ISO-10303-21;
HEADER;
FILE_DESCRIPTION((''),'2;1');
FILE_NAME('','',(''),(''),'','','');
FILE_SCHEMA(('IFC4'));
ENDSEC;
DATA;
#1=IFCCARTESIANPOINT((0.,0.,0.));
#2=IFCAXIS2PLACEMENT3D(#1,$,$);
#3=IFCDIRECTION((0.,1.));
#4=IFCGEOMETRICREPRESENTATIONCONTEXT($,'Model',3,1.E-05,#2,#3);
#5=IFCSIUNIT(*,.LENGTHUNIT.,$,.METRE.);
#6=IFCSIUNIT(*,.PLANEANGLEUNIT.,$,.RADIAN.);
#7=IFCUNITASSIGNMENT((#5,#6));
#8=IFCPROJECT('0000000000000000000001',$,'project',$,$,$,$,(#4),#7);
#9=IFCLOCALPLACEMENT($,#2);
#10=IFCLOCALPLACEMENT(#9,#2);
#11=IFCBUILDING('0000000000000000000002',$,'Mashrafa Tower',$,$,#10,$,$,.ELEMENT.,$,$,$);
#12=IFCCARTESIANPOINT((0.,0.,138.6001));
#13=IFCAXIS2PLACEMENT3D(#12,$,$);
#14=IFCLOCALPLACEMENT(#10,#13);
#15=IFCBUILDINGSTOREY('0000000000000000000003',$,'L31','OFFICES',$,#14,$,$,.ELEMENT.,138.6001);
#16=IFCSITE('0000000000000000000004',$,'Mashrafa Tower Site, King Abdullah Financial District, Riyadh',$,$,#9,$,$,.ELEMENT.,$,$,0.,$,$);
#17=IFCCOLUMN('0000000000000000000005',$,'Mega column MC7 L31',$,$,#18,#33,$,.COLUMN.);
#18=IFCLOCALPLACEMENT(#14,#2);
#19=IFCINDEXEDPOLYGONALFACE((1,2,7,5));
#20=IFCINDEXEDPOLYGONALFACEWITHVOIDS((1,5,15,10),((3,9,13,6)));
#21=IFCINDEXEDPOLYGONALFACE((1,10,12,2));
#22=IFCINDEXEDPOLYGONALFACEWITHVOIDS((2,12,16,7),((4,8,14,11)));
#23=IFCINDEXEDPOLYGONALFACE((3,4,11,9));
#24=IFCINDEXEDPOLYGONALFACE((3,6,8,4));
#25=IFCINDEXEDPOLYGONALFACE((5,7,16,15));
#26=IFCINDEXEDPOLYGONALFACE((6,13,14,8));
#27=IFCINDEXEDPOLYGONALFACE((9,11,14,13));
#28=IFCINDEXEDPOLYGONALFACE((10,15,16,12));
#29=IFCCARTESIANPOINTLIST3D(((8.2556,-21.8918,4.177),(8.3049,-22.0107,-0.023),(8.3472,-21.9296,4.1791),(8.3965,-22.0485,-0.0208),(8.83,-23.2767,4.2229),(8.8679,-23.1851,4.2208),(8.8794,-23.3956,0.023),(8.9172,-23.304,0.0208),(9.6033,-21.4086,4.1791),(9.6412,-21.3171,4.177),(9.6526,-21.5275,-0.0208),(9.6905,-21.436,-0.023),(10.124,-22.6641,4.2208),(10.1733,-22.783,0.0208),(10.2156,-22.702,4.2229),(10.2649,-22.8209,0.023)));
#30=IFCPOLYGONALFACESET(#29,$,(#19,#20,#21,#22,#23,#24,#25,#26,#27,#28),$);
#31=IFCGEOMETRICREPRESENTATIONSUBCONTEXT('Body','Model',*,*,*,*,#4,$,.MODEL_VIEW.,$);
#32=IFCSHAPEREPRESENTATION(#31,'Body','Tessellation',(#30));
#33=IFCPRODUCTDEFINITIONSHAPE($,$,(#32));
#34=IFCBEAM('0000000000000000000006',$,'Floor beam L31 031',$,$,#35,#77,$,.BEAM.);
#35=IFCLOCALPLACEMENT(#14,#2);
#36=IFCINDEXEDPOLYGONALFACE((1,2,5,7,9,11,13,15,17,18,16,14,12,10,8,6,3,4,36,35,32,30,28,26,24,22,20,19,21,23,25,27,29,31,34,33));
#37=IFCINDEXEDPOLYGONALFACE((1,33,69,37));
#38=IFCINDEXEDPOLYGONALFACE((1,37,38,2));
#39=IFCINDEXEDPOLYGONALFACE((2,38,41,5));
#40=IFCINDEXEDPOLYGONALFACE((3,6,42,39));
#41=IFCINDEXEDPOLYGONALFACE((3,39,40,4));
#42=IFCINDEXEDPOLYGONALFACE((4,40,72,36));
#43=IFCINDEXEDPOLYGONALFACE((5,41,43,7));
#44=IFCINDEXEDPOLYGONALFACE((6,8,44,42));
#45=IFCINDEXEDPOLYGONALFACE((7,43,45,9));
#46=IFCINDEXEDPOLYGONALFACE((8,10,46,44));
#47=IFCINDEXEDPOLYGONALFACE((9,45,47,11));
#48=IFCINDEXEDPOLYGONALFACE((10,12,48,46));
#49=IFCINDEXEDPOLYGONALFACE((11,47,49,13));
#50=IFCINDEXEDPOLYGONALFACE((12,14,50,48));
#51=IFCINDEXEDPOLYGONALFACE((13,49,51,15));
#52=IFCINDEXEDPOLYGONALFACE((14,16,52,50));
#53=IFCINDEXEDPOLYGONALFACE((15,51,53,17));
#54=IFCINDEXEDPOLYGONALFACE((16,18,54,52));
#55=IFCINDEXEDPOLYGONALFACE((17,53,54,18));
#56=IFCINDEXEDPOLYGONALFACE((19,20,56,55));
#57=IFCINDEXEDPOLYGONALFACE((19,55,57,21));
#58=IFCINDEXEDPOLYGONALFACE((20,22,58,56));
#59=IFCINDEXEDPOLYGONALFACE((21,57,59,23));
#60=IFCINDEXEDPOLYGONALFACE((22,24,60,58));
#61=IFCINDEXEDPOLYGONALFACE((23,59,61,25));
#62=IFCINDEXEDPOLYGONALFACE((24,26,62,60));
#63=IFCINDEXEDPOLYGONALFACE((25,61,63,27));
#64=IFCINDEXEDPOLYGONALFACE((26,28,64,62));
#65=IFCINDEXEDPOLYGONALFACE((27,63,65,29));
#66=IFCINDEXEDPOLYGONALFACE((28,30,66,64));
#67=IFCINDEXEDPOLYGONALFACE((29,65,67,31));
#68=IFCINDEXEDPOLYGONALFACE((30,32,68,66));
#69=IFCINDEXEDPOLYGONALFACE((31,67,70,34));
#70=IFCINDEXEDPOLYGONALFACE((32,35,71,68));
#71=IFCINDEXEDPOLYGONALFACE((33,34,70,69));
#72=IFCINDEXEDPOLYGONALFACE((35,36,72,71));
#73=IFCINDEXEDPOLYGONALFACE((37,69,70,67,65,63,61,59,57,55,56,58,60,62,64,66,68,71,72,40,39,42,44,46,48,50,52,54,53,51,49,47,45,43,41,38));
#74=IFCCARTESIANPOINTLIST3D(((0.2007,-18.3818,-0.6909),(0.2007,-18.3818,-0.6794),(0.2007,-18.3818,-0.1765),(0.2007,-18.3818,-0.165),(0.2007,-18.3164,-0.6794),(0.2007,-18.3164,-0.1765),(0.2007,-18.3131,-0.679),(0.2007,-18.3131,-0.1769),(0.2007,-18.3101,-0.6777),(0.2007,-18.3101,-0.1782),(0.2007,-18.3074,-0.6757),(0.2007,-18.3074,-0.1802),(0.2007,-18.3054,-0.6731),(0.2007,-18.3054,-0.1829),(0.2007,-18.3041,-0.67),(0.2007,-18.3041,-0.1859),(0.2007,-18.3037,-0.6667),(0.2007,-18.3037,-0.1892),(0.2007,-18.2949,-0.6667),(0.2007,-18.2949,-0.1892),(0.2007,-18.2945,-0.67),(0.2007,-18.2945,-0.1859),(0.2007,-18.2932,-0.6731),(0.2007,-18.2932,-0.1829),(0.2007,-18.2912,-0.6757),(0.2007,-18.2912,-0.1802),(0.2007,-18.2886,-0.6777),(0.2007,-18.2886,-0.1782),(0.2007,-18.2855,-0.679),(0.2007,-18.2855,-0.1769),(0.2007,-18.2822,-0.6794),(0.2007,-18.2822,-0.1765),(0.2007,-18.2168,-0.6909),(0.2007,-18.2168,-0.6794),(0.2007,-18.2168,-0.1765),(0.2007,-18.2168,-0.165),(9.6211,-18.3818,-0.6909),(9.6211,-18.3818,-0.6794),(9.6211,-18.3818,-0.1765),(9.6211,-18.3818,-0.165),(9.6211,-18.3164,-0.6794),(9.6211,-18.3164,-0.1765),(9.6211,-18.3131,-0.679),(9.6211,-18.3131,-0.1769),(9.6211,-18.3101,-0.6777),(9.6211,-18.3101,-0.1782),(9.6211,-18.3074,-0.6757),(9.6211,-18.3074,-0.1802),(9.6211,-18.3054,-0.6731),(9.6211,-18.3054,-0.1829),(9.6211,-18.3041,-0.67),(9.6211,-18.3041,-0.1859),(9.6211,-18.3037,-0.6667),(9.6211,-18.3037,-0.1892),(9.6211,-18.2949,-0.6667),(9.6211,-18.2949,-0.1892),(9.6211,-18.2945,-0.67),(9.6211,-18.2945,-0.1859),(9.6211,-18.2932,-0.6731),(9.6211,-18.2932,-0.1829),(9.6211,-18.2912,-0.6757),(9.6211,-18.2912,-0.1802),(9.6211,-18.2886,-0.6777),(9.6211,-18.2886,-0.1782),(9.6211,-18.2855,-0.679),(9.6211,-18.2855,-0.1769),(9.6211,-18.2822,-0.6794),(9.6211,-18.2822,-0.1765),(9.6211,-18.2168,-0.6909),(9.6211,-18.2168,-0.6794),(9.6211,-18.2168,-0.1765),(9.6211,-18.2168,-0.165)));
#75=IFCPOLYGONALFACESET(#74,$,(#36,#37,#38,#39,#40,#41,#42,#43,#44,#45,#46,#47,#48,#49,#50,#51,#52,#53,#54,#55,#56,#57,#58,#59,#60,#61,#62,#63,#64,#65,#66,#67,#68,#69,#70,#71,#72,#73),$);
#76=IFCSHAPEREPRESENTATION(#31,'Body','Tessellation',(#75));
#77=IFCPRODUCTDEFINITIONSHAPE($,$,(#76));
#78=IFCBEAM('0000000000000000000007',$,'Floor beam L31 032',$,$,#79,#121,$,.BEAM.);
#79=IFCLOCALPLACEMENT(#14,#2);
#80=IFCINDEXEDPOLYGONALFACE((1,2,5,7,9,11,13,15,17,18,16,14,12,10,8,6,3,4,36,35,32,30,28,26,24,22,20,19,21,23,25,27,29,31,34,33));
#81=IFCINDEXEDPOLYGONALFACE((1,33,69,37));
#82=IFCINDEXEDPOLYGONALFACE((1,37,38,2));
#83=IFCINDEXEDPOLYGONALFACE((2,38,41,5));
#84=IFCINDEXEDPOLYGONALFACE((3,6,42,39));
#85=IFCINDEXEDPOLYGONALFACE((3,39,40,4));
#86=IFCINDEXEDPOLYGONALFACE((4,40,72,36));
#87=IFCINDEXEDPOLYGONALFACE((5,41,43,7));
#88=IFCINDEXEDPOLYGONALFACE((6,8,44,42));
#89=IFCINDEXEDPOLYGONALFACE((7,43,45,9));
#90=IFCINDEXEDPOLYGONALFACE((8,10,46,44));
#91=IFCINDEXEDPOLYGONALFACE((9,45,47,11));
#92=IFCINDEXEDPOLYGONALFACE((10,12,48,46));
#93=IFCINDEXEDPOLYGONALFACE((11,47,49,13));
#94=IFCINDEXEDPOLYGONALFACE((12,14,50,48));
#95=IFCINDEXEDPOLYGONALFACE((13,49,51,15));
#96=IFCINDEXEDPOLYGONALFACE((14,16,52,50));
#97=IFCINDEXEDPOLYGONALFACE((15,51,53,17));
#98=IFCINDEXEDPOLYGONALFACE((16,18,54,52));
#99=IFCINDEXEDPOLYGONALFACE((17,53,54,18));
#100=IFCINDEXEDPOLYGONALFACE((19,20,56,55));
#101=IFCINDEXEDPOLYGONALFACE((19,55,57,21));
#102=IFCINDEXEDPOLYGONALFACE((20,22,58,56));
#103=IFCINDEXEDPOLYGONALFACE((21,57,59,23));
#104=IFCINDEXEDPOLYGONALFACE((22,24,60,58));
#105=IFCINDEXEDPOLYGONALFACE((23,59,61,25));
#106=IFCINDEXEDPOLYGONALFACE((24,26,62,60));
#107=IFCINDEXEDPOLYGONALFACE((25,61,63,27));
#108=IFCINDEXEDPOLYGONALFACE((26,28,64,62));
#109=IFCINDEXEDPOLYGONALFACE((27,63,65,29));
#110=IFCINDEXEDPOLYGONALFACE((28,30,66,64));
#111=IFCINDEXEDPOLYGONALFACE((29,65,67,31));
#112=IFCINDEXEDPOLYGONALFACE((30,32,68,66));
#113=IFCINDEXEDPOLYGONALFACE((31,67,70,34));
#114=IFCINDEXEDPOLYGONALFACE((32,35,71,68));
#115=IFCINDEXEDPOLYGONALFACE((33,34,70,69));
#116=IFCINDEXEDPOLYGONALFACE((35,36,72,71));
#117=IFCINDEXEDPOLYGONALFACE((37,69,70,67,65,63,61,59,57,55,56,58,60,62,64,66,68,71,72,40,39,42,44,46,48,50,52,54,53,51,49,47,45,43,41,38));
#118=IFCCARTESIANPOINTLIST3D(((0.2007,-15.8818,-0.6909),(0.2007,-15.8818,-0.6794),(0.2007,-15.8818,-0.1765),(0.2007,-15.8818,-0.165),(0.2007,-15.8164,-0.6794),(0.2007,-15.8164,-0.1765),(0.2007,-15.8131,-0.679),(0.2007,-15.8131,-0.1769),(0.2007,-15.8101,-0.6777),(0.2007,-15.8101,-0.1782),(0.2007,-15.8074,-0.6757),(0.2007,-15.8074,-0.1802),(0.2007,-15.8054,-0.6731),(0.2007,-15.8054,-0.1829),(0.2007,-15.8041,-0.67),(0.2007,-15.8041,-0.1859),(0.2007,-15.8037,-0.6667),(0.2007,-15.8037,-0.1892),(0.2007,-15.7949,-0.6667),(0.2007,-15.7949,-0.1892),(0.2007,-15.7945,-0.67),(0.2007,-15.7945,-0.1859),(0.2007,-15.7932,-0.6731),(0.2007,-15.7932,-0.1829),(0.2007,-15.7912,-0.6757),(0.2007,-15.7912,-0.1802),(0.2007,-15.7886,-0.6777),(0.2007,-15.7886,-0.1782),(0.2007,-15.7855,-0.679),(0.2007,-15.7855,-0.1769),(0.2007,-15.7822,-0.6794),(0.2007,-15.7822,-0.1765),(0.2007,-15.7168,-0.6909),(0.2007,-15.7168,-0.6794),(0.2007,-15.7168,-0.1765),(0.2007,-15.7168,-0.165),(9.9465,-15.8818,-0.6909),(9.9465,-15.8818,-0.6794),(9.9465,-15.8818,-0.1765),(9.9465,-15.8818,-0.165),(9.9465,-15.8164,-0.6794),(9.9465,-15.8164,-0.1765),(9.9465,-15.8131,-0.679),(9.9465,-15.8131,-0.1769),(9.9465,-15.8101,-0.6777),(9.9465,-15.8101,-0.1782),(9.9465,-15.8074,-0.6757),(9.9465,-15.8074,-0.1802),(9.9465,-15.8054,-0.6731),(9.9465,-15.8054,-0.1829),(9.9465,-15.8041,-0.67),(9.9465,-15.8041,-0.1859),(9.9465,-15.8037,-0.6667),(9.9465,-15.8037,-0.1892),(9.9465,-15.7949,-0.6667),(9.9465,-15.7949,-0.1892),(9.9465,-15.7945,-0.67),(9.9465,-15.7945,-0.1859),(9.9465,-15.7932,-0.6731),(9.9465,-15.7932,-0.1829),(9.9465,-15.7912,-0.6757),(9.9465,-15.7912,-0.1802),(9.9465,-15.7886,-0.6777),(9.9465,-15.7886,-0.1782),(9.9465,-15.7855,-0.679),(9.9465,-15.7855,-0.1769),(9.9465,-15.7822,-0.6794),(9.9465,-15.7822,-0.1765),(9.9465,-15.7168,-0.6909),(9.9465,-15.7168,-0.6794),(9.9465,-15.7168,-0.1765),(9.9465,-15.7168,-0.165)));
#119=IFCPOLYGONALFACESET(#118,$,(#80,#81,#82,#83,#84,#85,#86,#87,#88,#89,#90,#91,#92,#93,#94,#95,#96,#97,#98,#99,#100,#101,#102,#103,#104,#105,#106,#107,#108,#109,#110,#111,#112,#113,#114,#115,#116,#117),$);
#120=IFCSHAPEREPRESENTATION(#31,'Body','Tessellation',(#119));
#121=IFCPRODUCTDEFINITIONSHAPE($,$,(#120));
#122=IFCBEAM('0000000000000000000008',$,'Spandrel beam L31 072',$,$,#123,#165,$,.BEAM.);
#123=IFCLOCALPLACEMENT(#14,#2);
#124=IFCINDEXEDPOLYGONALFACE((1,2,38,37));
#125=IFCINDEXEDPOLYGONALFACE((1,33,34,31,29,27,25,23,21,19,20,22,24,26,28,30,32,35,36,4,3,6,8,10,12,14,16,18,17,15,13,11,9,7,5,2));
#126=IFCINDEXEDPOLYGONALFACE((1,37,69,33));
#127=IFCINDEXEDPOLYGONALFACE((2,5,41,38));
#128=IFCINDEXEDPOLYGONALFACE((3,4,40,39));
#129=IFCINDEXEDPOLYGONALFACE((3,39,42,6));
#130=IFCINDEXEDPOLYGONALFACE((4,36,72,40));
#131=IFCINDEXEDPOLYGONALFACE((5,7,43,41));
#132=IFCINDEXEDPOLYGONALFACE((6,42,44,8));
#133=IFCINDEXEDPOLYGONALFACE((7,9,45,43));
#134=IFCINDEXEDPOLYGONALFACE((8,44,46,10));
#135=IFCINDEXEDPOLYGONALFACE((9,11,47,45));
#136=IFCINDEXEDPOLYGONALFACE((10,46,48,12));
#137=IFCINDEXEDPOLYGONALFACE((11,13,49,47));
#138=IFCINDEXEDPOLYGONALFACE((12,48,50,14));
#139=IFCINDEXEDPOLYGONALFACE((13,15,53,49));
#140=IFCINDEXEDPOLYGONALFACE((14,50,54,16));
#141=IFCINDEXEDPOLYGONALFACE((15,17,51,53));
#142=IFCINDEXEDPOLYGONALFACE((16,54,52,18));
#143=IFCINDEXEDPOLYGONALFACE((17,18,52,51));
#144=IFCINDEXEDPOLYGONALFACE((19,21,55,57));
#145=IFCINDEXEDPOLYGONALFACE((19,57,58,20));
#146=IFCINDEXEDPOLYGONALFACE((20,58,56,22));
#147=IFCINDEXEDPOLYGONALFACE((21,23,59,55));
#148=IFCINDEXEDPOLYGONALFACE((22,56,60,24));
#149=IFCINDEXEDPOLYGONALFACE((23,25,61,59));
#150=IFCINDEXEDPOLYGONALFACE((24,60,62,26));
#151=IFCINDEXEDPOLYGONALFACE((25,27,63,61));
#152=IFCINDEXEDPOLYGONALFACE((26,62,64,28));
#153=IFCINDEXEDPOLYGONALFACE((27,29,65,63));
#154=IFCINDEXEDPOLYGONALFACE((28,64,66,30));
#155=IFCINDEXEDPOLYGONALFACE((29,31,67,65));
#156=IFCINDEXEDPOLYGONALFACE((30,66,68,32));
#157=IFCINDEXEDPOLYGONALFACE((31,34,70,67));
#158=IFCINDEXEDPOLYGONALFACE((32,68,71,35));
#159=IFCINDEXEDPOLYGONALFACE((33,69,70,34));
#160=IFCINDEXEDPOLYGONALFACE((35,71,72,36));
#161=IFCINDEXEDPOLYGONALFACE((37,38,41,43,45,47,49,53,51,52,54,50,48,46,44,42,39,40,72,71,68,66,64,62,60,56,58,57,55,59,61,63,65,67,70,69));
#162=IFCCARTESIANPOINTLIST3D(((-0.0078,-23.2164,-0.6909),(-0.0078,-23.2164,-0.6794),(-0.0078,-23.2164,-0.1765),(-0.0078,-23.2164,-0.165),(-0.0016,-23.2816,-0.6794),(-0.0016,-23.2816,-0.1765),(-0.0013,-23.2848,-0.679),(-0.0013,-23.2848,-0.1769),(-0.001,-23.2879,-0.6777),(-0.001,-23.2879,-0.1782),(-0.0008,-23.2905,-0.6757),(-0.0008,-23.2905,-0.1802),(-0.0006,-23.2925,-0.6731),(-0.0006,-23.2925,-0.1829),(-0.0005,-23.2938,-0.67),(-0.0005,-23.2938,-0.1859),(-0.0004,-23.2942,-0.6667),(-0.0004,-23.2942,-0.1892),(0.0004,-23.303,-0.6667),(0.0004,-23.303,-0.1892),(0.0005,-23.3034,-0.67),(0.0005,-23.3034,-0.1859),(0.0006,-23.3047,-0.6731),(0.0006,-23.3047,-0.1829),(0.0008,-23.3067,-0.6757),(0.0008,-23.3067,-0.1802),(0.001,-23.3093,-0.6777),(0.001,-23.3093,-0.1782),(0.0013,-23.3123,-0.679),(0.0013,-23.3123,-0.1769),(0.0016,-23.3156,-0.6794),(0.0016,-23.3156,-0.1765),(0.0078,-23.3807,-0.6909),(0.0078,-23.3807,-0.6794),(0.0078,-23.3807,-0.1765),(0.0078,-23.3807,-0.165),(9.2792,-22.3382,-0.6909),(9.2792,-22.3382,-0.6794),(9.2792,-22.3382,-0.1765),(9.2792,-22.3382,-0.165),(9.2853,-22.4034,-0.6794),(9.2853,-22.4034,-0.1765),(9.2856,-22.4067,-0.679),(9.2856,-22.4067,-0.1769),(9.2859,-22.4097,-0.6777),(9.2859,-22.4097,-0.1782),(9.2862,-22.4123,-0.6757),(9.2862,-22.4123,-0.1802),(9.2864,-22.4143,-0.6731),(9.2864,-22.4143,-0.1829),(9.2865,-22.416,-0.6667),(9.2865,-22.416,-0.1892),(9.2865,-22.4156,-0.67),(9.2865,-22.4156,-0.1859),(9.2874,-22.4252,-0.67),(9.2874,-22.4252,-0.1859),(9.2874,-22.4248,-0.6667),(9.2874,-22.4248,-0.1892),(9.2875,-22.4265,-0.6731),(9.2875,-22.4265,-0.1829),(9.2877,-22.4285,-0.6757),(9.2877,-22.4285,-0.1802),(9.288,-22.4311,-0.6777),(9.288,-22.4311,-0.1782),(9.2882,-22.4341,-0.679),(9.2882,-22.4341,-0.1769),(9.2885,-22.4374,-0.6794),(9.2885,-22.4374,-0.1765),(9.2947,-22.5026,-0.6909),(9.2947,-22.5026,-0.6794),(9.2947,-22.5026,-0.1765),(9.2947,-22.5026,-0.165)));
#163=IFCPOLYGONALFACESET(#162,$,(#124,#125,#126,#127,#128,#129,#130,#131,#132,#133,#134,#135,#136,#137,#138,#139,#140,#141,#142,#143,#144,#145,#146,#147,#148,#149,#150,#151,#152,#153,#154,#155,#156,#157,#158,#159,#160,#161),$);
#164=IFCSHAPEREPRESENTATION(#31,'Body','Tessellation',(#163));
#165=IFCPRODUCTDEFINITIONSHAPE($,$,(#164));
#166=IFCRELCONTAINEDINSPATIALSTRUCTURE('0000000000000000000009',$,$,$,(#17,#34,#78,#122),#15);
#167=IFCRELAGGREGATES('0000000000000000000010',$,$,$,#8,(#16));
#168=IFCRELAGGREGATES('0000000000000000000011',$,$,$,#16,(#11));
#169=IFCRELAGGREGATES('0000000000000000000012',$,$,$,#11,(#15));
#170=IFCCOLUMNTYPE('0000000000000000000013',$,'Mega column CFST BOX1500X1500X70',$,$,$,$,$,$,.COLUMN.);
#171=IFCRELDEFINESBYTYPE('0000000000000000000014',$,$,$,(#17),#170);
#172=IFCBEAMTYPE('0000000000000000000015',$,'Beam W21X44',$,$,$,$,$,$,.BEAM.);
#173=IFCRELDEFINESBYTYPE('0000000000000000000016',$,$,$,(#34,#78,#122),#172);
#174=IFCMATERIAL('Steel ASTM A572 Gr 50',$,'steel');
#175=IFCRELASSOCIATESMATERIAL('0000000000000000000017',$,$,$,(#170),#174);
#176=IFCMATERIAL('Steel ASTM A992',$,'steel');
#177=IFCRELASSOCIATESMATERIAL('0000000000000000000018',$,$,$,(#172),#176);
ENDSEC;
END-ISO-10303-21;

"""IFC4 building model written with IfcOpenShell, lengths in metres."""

from ifc_helpers import new_model, si_unit, direction, frame, origin, origin_2d, place, context, subcontext, project, spatial, hollow_rectangle, i_section, extrude, material, material_profile, profile_set, type_object, element, save


model = new_model("IFC4")

# Units and contexts
model_context = context("Model", 3, precision=1e-05, world=origin(), true_north=direction((0.0, 1.0)))
body_context = subcontext(model_context, "Body", "Model", "MODEL_VIEW")
ifc_project = project(units=[si_unit("LENGTHUNIT", "METRE"), si_unit("PLANEANGLEUNIT", "RADIAN")], contexts=[model_context])

# Site, building, storey
site_placement = place(None, origin())
site = spatial("IfcSite", under=ifc_project, at=site_placement, Name="Mashrafa Tower Site, King Abdullah Financial District, Riyadh", CompositionType="ELEMENT", RefElevation=0.0)
building_placement = place(site_placement, origin())
building = spatial("IfcBuilding", under=site, at=building_placement, Name="Mashrafa Tower", CompositionType="ELEMENT")
storey_placement = place(building_placement, frame((0.0, 0.0, 138.6001)))
storey = spatial("IfcBuildingStorey", under=building, at=storey_placement, Name="L31", Description="OFFICES", CompositionType="ELEMENT", Elevation=138.6001)

# Column
ifc_material_1 = material(Name="Steel ASTM A572 Gr 50", Category="steel")
ifc_material_profile_1 = material_profile(ifc_material_1, hollow_rectangle(XDim=1.5, YDim=1.5, WallThickness=0.0701, at=origin_2d()), Name="BOX1500X1500X70")
ifc_profile_set_1 = profile_set([ifc_material_profile_1], Name="Steel ASTM A572 Gr 50")
column_type = type_object("IfcColumnType", Name="Mega column CFST BOX1500X1500X70", PredefinedType="COLUMN", material=ifc_profile_set_1)
column_placement = place(storey_placement, frame((9.2849, -22.4158, 0.0), z_axis=(-0.011737, 0.028296, 0.999531), x_axis=(-0.923693, -0.383133, 0.0)))
element("IfcColumn", 1, at=column_placement, inside=storey, type_object=column_type, Name="Mega column MC7 L31", PredefinedType="COLUMN", context=body_context, shape_type="SweptSolid", body=[
    extrude(hollow_rectangle(XDim=1.5, YDim=1.5, WallThickness=0.0701, at=origin_2d()), origin(), (0.0, 0.0, 1.0), 4.2019),
])

# Beams
ifc_material_2 = material(Name="Steel ASTM A992", Category="steel")
ifc_material_profile_2 = material_profile(ifc_material_2, i_section(OverallWidth=0.165, OverallDepth=0.5259, WebThickness=0.0088, FlangeThickness=0.0115, FilletRadius=0.0127, at=origin_2d()), Name="W21X44")
ifc_profile_set_2 = profile_set([ifc_material_profile_2], Name="Steel ASTM A992")
beam_type_1 = type_object("IfcBeamType", Name="Beam W21X44", PredefinedType="BEAM", material=ifc_profile_set_2)
beam_1_placement = place(storey_placement, frame((9.6211, -18.2993, -0.428), z_axis=(-1.0, 0.0, 0.0), x_axis=(0.0, -1.0, 0.0)))
element("IfcBeam", 2, at=beam_1_placement, inside=storey, type_object=beam_type_1, Name="Floor beam L31 031", PredefinedType="BEAM", context=body_context, shape_type="SweptSolid", body=[
    extrude(i_section(OverallWidth=0.165, OverallDepth=0.5259, WebThickness=0.0088, FlangeThickness=0.0115, FilletRadius=0.0127, at=origin_2d()), origin(), (0.0, 0.0, 1.0), 9.4204),
])
beam_2_placement = place(storey_placement, frame((9.9465, -15.7993, -0.428), z_axis=(-1.0, 0.0, 0.0), x_axis=(0.0, -1.0, 0.0)))
element("IfcBeam", 3, at=beam_2_placement, inside=storey, type_object=beam_type_1, Name="Floor beam L31 032", PredefinedType="BEAM", context=body_context, shape_type="SweptSolid", body=[
    extrude(i_section(OverallWidth=0.165, OverallDepth=0.5259, WebThickness=0.0088, FlangeThickness=0.0115, FilletRadius=0.0127, at=origin_2d()), origin(), (0.0, 0.0, 1.0), 9.7458),
])
for number, where, z_axis, x_axis, name in (
    (4, (0.0, -23.2986, -0.428), (0.995559, 0.094141, 0.0), (-0.094141, 0.995559, 0.0), "Spandrel beam L31 072"),
):
    element("IfcBeam", number, at=place(storey_placement, frame(where, z_axis=z_axis, x_axis=x_axis)), inside=storey, type_object=beam_type_1, Name=name, PredefinedType="BEAM", context=body_context, shape_type="SweptSolid", body=[
        extrude(i_section(OverallWidth=0.165, OverallDepth=0.5259, WebThickness=0.0088, FlangeThickness=0.0115, FilletRadius=0.0127, at=origin_2d()), origin(), (0.0, 0.0, 1.0), 9.3284),
    ])

save(model, "model.ifc")
